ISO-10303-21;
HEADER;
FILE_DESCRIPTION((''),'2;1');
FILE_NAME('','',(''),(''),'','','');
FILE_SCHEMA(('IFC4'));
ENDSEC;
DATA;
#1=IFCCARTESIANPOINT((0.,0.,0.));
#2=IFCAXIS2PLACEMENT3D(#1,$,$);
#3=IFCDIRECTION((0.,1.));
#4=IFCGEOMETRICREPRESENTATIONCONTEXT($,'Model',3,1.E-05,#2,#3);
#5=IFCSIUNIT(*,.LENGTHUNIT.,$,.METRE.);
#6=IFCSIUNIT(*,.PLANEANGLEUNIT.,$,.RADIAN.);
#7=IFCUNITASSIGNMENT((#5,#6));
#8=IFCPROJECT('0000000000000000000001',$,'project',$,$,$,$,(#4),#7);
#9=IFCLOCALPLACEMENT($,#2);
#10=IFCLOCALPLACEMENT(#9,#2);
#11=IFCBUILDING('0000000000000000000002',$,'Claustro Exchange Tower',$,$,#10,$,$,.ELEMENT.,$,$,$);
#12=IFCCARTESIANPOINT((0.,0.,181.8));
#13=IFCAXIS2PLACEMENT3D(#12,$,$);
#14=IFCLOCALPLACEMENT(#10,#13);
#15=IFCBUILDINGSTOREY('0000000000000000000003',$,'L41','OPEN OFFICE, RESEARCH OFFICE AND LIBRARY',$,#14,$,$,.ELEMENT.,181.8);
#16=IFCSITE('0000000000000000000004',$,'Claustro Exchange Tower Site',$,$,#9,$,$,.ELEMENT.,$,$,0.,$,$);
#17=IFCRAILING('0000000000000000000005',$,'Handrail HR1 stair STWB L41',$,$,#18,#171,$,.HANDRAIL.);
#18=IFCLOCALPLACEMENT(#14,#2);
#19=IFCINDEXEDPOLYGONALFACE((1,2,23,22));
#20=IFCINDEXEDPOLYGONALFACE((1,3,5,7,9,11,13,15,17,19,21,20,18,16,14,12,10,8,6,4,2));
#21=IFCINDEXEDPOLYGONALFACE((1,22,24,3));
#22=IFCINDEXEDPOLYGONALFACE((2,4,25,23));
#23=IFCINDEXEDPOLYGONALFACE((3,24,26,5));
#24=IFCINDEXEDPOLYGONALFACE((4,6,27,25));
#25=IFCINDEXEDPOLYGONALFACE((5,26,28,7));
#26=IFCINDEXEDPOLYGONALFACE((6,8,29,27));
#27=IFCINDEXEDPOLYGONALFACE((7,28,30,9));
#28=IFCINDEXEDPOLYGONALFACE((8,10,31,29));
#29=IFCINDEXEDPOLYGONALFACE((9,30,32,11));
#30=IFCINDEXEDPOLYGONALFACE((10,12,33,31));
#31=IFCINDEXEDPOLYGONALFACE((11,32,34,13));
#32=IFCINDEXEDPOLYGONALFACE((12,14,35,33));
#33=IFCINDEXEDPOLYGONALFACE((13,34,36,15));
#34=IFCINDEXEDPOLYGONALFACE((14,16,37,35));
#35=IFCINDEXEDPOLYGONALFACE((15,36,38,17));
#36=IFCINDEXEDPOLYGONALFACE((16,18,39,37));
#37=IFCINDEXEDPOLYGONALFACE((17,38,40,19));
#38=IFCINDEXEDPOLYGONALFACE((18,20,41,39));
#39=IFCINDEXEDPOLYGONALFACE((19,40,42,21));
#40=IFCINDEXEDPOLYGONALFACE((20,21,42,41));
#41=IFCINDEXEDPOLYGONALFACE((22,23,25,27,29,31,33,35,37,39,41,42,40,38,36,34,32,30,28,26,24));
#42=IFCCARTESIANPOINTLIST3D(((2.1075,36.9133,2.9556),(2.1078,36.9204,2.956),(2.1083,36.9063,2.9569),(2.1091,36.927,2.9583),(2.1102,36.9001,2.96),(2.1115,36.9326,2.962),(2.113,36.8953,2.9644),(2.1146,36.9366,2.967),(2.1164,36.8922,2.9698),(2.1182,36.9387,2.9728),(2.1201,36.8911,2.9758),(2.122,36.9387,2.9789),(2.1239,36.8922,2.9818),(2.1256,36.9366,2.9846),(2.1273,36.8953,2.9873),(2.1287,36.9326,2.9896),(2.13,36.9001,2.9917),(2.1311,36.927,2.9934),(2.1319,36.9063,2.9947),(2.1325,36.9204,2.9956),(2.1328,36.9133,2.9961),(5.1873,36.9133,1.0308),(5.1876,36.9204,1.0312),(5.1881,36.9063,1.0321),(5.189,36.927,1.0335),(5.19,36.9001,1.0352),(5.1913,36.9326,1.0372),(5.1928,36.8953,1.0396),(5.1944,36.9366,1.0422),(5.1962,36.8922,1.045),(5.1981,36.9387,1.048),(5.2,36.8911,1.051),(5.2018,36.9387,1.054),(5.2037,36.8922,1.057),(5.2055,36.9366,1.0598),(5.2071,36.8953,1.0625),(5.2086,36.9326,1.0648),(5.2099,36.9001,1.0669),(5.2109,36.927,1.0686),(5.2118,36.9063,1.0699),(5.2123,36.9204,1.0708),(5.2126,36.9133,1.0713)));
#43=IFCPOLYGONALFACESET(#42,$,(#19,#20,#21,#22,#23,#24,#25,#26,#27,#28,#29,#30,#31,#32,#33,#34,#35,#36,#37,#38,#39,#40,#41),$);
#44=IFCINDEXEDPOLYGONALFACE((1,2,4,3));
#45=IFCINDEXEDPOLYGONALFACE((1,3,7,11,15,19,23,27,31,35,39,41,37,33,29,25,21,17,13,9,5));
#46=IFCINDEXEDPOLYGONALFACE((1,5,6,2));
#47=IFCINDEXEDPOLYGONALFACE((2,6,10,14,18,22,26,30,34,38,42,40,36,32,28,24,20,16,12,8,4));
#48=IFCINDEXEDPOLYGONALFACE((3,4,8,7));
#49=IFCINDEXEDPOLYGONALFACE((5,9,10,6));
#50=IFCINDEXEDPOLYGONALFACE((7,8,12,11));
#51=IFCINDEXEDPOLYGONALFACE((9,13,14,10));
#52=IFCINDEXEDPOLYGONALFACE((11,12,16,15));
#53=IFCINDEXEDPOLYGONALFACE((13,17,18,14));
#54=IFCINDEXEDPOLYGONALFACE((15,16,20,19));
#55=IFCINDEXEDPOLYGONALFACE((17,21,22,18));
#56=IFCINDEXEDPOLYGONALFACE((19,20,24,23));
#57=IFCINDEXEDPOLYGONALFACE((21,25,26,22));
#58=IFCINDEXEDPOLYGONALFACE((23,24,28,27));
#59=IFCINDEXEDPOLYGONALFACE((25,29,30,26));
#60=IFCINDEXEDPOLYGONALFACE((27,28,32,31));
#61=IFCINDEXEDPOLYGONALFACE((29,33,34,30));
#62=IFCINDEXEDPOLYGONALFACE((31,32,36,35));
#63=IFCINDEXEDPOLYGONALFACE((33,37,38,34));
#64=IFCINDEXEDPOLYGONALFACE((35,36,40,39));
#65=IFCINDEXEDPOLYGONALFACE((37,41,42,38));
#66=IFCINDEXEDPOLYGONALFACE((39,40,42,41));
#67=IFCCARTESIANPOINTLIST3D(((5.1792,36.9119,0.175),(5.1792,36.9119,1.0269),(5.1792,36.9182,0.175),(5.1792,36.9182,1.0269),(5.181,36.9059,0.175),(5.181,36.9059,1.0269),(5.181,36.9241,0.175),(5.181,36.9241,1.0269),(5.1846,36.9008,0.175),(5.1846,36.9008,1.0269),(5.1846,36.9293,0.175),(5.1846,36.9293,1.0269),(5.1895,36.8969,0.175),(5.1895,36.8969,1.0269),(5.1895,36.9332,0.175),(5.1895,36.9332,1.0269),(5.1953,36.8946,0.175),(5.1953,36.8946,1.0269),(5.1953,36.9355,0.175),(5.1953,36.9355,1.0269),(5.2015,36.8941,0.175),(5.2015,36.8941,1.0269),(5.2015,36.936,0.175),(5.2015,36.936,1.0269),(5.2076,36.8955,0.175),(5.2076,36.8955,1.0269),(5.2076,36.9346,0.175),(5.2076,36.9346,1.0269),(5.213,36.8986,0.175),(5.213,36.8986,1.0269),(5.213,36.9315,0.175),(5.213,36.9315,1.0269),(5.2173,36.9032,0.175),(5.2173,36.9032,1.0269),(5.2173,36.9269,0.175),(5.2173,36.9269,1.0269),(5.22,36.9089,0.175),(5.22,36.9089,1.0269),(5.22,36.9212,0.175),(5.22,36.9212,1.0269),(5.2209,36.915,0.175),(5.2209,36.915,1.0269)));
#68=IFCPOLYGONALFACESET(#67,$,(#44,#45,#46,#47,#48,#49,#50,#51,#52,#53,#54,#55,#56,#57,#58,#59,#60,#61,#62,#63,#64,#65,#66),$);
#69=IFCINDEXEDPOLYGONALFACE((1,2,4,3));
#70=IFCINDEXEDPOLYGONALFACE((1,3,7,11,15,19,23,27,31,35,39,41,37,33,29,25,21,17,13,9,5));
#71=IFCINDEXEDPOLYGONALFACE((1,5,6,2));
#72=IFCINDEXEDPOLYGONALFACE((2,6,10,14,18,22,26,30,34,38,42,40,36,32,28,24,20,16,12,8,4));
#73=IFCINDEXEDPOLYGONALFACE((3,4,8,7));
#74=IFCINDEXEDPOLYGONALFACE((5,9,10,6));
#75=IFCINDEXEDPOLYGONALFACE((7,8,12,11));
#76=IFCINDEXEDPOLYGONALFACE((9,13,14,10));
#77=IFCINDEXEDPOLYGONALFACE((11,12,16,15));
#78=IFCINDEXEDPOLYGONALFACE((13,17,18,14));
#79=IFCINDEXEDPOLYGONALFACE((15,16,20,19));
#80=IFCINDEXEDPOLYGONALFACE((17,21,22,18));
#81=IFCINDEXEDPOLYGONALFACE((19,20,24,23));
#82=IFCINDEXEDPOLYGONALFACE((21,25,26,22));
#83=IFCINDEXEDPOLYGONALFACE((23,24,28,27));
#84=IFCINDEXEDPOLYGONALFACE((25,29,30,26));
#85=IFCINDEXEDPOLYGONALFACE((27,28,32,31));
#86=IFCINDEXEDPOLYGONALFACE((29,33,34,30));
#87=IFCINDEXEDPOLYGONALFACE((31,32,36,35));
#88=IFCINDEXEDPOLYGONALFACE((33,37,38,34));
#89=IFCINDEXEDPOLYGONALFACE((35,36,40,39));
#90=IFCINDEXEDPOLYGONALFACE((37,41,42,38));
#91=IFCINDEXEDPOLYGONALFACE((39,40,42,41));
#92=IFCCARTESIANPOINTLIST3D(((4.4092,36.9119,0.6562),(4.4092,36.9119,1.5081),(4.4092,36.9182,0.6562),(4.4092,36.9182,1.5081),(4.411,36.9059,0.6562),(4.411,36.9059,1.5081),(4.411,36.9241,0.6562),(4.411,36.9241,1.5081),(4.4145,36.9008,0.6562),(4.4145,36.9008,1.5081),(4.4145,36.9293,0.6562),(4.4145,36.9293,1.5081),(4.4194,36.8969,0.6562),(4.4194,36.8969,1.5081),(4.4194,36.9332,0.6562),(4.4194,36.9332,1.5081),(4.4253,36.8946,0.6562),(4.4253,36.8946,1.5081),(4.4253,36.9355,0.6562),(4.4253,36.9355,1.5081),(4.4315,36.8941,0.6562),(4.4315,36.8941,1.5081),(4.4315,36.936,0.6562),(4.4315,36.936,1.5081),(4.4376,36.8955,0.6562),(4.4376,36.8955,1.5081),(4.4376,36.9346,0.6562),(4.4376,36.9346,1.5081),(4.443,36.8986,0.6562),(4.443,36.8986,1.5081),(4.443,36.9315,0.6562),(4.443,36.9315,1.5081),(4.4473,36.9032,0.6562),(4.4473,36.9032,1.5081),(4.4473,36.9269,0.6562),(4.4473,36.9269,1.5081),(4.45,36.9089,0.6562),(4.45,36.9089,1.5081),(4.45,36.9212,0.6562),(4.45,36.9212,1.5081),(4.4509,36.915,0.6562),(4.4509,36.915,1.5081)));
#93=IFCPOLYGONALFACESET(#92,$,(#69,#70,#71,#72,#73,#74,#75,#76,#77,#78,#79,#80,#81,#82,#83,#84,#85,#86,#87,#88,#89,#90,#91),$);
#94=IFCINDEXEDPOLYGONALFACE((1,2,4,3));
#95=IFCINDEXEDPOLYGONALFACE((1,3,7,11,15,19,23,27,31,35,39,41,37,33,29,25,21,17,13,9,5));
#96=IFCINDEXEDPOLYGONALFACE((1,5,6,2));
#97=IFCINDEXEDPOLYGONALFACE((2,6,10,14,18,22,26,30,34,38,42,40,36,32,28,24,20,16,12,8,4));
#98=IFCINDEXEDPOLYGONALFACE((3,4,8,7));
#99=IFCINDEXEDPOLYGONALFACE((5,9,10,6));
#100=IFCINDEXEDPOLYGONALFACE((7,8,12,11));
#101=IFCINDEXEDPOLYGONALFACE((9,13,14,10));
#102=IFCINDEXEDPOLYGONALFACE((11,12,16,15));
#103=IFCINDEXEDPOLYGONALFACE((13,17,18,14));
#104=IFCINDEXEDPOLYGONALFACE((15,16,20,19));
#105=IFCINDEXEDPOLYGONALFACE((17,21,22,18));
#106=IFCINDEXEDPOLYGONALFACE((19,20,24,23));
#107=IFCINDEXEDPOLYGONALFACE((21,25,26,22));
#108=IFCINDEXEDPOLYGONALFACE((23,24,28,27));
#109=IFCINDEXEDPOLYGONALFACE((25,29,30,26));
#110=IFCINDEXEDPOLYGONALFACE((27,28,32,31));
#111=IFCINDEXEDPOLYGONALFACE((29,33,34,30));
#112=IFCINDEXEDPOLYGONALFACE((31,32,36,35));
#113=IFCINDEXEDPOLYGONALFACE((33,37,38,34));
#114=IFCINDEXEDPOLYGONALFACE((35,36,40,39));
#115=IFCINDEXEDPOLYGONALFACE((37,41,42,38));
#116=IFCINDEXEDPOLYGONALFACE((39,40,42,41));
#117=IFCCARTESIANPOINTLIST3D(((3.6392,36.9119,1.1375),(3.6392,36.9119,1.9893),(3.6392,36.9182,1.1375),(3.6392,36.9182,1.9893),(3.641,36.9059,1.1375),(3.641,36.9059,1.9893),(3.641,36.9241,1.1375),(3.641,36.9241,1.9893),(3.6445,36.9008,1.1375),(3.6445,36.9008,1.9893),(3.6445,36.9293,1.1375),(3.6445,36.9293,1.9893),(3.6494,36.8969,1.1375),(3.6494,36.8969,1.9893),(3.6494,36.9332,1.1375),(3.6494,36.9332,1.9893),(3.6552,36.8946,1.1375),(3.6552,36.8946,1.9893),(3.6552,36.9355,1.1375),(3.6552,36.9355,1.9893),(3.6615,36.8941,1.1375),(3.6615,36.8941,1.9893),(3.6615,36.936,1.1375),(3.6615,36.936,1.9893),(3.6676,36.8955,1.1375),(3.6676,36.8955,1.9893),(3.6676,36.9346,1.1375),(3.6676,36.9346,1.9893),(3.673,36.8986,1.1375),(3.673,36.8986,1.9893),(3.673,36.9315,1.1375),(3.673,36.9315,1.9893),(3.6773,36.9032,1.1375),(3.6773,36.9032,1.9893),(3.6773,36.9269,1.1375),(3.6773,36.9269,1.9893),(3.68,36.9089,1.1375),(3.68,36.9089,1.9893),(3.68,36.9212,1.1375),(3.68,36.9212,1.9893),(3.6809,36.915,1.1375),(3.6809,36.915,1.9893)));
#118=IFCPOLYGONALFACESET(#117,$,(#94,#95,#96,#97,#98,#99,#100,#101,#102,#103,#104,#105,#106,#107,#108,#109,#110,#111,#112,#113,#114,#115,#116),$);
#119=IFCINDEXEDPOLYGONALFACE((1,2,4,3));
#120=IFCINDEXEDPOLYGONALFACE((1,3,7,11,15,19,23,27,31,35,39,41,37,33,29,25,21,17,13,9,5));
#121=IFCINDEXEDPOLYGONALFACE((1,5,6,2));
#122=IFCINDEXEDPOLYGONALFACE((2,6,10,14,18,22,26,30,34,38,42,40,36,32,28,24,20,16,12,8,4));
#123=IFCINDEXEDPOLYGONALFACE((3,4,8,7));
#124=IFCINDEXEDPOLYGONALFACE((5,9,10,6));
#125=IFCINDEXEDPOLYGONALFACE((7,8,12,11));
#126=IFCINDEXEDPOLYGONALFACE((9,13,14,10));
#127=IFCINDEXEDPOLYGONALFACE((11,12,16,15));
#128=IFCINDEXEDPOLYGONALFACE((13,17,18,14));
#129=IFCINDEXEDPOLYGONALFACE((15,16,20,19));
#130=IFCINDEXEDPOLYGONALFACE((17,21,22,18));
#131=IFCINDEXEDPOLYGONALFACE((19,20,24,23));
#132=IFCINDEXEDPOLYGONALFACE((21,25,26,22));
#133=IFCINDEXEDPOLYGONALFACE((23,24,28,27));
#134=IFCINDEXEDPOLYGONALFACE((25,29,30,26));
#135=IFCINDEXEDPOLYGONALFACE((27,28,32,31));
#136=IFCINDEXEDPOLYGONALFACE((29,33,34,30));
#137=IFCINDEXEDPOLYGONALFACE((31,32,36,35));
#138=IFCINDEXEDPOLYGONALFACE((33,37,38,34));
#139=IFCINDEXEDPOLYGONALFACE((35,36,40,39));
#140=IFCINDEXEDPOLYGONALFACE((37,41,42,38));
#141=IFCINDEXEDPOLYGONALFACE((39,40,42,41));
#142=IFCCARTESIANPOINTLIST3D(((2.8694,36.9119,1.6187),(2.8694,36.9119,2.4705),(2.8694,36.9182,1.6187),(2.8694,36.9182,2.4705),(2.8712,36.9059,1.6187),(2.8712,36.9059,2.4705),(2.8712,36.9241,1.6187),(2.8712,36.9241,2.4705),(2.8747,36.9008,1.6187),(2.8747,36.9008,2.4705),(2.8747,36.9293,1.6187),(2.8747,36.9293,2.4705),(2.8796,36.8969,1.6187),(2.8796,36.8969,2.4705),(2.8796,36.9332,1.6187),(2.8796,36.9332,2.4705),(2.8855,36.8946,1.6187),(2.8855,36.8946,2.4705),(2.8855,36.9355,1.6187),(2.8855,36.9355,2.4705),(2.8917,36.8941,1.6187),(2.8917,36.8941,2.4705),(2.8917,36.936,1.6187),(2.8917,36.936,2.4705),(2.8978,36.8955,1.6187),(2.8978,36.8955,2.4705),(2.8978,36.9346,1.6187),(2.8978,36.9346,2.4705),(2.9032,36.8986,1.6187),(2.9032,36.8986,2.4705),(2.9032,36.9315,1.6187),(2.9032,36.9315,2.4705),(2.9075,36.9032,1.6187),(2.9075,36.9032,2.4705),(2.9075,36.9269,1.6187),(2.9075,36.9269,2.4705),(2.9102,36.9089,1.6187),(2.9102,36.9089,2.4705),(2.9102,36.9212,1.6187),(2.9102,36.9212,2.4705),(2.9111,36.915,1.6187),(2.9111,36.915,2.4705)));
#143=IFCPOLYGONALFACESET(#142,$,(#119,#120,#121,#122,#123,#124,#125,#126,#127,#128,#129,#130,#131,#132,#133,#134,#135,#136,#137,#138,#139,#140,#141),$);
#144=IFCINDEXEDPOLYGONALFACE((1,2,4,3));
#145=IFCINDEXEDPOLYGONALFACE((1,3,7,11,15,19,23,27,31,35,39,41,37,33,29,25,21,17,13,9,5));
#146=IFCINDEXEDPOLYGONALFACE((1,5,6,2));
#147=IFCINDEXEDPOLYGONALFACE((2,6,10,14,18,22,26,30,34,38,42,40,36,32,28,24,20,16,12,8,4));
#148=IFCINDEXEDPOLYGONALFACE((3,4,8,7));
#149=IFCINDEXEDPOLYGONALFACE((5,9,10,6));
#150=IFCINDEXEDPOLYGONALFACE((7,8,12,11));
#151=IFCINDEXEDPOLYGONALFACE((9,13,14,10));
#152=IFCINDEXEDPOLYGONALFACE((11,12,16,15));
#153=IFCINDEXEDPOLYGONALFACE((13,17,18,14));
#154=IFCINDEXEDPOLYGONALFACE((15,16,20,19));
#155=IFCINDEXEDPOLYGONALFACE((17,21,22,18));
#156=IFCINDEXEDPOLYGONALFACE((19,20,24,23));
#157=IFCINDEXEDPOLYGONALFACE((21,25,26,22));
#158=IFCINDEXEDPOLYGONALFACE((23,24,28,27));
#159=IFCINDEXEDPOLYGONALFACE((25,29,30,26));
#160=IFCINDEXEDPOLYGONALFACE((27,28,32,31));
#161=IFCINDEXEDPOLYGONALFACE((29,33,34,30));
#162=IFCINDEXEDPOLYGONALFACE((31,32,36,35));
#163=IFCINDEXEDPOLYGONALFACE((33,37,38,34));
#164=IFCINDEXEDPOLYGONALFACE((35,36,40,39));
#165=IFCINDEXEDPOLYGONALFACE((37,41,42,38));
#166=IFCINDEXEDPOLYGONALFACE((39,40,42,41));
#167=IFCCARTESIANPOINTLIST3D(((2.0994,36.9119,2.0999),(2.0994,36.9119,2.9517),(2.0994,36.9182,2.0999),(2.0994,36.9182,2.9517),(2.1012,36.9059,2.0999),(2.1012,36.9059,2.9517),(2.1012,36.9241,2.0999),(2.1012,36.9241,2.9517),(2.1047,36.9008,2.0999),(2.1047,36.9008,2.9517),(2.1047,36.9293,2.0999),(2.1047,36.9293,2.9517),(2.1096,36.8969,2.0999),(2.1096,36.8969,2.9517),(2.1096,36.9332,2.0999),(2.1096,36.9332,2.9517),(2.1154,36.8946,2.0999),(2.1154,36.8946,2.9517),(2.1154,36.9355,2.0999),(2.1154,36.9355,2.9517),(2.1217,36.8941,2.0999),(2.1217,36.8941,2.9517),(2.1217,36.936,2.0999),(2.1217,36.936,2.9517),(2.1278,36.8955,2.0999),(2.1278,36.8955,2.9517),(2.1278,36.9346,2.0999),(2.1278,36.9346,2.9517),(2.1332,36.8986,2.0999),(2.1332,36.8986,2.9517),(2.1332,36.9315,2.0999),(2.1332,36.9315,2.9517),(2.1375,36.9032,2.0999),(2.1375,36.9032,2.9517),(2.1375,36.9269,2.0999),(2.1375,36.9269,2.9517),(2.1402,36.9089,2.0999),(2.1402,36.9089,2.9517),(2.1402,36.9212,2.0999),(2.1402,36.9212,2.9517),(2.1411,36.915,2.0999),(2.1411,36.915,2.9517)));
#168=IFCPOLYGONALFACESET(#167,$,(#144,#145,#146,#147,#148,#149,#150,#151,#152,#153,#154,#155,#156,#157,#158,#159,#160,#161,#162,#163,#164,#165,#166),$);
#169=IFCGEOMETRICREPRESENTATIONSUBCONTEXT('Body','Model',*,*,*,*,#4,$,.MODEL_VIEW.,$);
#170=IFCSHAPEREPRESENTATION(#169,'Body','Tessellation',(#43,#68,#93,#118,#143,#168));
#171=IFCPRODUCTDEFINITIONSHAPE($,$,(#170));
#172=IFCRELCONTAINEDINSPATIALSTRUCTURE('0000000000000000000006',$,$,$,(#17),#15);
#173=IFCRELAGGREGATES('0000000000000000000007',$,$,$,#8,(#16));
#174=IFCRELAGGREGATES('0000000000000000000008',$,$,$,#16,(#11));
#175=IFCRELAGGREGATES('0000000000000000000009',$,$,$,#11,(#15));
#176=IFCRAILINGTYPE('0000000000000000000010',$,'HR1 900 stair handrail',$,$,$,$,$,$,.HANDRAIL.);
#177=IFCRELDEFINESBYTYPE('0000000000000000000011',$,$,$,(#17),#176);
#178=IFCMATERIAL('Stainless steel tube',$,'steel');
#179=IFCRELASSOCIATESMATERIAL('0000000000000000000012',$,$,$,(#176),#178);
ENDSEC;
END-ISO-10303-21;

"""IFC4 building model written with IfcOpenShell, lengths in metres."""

from ifc_helpers import new_model, si_unit, direction, frame, origin, origin_2d, place, context, subcontext, project, spatial, circle, extrude, material, type_object, element, save


model = new_model("IFC4")

# Units and contexts
model_context = context("Model", 3, precision=1e-05, world=origin(), true_north=direction((0.0, 1.0)))
body_context = subcontext(model_context, "Body", "Model", "MODEL_VIEW")
ifc_project = project(units=[si_unit("LENGTHUNIT", "METRE"), si_unit("PLANEANGLEUNIT", "RADIAN")], contexts=[model_context])

# Site, building, storey
site_placement = place(None, origin())
site = spatial("IfcSite", under=ifc_project, at=site_placement, Name="Claustro Exchange Tower Site", CompositionType="ELEMENT", RefElevation=0.0)
building_placement = place(site_placement, origin())
building = spatial("IfcBuilding", under=site, at=building_placement, Name="Claustro Exchange Tower", CompositionType="ELEMENT")
storey_placement = place(building_placement, frame((0.0, 0.0, 181.8)))
storey = spatial("IfcBuildingStorey", under=building, at=storey_placement, Name="L41", Description="OPEN OFFICE, RESEARCH OFFICE AND LIBRARY", CompositionType="ELEMENT", Elevation=181.8)

# Railing
ifc_material_1 = material(Name="Stainless steel tube", Category="steel")
railing_type_1 = type_object("IfcRailingType", Name="HR1 900 stair handrail", PredefinedType="HANDRAIL", material=ifc_material_1)
railing_1_placement = place(storey_placement, frame((5.2, 36.915, 0.175)))
element("IfcRailing", 1, at=railing_1_placement, inside=storey, type_object=railing_type_1, Name="Handrail HR1 stair STWB L41", PredefinedType="HANDRAIL", context=body_context, shape_type="SweptSolid", body=[
    extrude(circle(Radius=0.0239, at=origin_2d()), frame((0.0, 0.0, 0.876), z_axis=(-0.84801, 0.0, 0.529981), x_axis=(0.0, -1.0, 0.0)), (0.0, 0.0, 1.0), 3.6318),
    extrude(circle(Radius=0.021, at=origin_2d()), origin(), (0.0, 0.0, 1.0), 0.8518),
    extrude(circle(Radius=0.021, at=origin_2d()), frame((-0.77, 0.0, 0.4812)), (0.0, 0.0, 1.0), 0.8518),
    extrude(circle(Radius=0.021, at=origin_2d()), frame((-1.54, 0.0, 0.9624)), (0.0, 0.0, 1.0), 0.8518),
    extrude(circle(Radius=0.021, at=origin_2d()), frame((-2.3098, 0.0, 1.4436)), (0.0, 0.0, 1.0), 0.8518),
    extrude(circle(Radius=0.021, at=origin_2d()), frame((-3.0798, 0.0, 1.9248)), (0.0, 0.0, 1.0), 0.8518),
])

save(model, "model.ifc")
